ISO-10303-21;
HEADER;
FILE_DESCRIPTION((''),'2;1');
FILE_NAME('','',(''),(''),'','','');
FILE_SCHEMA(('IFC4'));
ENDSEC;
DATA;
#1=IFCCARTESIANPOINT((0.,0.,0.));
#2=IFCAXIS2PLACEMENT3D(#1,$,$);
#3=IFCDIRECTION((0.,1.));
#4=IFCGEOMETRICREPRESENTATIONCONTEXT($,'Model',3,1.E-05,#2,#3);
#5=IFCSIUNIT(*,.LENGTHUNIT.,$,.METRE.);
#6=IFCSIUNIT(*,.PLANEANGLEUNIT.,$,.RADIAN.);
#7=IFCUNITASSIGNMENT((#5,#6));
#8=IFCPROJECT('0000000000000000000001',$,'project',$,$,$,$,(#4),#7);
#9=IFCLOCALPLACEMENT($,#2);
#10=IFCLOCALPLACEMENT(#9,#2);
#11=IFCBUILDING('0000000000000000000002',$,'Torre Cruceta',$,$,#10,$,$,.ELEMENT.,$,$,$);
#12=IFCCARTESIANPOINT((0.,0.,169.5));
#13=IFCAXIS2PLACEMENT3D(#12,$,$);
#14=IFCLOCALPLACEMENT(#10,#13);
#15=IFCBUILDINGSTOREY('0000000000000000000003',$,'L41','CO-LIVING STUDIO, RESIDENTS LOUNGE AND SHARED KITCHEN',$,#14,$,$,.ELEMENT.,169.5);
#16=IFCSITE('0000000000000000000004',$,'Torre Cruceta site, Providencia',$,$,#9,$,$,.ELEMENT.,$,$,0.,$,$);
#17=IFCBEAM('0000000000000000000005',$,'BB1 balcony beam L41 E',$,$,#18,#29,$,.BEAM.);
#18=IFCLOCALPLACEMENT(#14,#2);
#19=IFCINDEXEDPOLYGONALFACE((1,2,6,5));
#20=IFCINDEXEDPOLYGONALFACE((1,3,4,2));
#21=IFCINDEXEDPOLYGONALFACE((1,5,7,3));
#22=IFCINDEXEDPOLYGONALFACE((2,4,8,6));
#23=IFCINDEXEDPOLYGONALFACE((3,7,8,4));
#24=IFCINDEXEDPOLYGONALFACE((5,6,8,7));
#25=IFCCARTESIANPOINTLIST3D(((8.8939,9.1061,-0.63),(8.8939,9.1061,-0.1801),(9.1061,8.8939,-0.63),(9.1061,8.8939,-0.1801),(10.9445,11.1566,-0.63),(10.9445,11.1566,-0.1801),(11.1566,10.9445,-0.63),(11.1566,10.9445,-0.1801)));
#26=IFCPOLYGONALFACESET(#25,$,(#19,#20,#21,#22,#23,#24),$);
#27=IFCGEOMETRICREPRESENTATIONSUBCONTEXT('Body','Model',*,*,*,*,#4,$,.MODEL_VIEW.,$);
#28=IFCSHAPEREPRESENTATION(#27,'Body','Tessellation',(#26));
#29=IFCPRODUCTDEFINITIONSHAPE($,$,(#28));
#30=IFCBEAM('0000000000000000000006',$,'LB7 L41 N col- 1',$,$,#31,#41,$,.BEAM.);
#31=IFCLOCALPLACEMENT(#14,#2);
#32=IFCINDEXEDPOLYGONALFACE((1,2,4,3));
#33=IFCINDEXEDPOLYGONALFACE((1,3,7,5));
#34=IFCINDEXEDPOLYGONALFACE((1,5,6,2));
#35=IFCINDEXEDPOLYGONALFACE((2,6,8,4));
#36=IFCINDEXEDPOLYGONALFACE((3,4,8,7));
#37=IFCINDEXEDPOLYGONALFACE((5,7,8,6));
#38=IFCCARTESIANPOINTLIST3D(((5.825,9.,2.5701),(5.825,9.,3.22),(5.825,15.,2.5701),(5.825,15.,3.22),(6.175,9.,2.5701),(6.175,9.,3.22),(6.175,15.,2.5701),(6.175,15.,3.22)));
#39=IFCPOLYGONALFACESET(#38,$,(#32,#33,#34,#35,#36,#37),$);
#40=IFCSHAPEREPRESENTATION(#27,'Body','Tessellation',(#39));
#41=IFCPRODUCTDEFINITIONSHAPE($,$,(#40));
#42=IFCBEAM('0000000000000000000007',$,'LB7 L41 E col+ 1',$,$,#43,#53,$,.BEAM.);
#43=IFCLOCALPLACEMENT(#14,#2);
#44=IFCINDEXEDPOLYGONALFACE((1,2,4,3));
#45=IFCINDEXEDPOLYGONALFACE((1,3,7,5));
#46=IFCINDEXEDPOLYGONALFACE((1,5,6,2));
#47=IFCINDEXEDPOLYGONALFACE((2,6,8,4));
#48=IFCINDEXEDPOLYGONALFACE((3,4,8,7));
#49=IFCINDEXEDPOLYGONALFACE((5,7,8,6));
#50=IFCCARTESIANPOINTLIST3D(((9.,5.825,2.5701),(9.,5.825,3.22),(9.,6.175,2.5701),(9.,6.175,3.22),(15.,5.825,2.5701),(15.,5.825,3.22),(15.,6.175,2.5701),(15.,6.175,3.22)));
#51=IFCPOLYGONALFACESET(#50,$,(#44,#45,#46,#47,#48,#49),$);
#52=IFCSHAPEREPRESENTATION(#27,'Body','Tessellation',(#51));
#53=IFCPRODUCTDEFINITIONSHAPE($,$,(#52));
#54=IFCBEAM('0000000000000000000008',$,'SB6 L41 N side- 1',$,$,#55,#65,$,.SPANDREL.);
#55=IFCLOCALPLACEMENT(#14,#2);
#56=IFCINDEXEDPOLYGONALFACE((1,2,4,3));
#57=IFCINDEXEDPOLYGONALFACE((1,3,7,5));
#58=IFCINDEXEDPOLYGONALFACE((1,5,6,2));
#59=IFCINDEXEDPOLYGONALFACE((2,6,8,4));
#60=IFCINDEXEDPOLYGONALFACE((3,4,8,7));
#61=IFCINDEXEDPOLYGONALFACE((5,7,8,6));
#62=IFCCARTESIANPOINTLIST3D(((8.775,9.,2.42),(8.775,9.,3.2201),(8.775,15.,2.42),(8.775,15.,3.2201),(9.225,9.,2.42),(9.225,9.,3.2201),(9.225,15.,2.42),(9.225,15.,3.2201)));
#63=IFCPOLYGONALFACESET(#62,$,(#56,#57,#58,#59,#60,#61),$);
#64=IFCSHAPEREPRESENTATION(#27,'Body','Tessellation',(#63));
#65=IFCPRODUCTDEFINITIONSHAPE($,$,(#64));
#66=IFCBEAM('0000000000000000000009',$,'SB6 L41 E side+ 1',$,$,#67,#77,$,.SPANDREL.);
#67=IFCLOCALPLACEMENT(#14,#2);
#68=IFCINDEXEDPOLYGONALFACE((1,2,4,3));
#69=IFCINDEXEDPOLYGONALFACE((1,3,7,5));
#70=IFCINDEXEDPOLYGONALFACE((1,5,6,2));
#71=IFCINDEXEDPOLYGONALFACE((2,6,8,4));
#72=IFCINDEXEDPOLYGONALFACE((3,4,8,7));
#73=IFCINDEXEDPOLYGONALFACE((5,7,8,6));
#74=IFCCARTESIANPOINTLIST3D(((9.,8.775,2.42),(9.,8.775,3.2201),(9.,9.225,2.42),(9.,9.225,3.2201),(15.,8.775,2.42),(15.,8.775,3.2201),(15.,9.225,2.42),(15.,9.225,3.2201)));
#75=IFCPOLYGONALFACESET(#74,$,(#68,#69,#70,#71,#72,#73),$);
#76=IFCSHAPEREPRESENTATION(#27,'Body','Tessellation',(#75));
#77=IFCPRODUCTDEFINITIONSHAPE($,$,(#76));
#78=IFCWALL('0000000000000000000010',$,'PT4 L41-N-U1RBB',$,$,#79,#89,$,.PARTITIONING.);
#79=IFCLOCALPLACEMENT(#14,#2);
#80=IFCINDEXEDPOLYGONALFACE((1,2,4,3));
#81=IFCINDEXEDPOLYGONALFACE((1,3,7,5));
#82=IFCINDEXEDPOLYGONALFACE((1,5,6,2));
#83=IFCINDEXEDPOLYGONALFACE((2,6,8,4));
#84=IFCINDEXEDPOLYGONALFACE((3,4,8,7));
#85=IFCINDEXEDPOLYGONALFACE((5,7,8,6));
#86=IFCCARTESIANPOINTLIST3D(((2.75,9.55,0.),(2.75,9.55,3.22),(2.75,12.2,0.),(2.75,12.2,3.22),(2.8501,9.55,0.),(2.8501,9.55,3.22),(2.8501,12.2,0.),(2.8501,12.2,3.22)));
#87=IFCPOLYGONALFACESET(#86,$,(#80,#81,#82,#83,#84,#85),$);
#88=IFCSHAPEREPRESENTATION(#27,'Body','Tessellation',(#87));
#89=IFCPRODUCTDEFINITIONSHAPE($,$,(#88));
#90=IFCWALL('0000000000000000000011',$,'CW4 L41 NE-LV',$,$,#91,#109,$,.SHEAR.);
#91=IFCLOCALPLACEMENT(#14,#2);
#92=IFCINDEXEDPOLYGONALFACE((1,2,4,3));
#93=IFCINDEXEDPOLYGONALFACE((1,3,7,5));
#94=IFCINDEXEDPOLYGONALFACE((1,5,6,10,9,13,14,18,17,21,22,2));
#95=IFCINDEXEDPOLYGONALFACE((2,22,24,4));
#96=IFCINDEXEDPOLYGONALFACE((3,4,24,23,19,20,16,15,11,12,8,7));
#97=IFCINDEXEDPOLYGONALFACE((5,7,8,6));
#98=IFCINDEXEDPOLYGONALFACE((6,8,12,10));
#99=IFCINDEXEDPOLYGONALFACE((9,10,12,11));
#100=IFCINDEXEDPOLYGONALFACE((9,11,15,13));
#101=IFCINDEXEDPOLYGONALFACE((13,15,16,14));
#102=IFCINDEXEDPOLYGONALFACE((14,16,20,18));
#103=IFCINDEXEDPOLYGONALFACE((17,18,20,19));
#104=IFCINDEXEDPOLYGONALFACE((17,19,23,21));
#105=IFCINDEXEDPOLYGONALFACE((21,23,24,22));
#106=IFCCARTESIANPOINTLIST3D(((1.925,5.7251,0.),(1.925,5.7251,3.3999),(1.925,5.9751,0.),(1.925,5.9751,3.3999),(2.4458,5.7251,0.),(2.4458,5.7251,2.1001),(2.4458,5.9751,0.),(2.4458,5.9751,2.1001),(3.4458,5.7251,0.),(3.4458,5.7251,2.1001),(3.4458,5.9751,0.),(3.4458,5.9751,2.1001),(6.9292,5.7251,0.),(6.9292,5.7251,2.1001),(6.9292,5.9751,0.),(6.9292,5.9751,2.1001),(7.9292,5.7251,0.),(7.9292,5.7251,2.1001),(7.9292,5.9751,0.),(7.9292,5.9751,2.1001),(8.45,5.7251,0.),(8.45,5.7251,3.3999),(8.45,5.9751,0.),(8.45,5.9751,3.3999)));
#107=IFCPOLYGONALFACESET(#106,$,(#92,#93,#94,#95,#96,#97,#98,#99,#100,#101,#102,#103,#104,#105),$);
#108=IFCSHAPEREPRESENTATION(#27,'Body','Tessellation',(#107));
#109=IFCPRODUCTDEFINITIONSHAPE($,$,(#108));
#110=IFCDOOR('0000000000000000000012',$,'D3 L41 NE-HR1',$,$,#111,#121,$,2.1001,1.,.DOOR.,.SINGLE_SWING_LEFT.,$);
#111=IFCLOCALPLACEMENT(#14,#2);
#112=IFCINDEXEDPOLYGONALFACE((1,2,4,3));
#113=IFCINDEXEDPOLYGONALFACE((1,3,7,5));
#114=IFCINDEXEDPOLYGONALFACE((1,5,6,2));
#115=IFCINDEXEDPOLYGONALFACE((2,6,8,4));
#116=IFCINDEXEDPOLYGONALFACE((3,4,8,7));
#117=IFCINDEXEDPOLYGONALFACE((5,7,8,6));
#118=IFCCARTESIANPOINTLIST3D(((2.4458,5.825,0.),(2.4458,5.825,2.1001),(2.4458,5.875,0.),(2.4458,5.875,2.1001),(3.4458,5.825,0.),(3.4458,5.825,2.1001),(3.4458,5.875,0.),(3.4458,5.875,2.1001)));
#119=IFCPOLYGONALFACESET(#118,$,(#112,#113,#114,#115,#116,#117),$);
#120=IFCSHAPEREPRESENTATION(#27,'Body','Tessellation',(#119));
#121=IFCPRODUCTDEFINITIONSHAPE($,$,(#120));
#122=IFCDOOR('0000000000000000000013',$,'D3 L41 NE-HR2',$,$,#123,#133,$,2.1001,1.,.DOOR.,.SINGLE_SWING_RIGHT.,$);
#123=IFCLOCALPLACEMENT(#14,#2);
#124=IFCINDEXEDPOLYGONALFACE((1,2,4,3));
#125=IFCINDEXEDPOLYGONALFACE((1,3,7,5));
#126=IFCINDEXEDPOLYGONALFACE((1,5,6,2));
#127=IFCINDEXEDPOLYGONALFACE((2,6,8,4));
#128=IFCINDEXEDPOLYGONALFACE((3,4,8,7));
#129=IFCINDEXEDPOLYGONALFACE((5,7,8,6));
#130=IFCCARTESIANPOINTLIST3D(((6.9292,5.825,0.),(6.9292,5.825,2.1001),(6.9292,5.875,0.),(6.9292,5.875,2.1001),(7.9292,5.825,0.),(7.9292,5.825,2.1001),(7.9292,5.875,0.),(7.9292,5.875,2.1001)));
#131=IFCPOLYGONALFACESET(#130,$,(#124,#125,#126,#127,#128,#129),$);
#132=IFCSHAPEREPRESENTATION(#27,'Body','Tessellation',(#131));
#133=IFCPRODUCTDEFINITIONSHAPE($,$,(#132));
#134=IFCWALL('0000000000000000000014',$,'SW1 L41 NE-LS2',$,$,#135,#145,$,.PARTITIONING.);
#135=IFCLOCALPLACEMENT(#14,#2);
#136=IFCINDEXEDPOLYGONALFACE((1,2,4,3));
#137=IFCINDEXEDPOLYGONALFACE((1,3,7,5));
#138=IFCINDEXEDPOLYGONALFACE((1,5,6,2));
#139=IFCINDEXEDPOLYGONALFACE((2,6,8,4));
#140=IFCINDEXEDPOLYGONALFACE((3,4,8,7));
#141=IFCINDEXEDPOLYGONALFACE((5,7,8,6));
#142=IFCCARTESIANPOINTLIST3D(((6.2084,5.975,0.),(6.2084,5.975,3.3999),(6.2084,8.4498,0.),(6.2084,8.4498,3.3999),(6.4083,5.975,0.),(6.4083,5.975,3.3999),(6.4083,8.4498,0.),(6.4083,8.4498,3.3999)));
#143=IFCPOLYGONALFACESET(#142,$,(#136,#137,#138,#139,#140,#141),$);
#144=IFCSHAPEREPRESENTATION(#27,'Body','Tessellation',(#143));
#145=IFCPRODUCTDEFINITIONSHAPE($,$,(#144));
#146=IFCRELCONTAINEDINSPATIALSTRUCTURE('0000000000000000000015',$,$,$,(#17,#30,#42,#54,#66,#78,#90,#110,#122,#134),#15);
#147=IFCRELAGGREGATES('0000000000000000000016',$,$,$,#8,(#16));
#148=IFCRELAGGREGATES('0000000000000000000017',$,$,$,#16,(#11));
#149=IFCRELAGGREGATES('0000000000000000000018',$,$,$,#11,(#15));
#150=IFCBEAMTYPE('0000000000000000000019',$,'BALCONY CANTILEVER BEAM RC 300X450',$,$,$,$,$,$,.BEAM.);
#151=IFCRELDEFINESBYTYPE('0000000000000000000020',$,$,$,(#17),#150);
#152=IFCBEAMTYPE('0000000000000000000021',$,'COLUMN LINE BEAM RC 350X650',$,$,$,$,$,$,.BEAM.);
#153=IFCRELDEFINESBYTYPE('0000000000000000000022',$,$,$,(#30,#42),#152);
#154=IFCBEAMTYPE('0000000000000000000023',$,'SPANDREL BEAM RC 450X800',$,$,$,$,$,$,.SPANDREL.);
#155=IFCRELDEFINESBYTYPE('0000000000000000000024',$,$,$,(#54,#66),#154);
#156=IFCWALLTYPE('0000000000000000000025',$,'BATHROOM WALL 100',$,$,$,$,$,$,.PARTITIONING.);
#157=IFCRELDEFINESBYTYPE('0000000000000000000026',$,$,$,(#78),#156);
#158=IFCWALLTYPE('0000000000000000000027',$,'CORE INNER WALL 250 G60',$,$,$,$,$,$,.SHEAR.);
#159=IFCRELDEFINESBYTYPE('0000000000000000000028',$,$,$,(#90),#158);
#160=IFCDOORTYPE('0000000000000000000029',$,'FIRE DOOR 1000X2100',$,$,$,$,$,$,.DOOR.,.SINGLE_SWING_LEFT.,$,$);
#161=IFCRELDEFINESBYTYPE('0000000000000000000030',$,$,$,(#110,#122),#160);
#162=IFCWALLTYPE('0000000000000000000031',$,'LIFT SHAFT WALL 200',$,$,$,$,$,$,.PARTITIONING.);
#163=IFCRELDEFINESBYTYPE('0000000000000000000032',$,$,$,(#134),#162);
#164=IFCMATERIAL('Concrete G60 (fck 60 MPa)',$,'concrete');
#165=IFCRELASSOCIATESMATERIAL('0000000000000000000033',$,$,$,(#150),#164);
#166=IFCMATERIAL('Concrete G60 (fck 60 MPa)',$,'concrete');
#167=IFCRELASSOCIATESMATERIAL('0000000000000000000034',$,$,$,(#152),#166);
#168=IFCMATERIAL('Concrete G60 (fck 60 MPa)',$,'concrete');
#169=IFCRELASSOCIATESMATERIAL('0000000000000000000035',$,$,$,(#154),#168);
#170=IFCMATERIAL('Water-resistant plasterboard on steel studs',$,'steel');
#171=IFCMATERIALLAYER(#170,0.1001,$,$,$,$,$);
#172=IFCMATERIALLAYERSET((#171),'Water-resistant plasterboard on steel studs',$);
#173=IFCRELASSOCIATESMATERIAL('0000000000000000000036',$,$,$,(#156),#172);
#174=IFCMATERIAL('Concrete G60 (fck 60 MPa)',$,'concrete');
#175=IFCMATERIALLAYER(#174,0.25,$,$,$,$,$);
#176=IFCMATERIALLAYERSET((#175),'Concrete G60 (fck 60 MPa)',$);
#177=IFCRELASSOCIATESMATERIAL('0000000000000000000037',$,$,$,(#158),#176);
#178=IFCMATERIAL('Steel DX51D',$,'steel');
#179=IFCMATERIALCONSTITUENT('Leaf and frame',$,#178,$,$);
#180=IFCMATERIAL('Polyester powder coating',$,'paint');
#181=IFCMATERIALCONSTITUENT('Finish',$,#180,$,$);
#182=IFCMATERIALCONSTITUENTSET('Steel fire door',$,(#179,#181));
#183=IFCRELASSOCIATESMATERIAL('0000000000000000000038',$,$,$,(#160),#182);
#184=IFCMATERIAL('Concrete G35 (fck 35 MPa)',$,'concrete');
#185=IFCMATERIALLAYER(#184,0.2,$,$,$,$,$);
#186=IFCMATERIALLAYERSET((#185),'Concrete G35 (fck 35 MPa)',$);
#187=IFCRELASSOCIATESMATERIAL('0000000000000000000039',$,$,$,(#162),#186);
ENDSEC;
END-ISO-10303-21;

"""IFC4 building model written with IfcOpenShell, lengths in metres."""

from ifc_helpers import new_model, si_unit, direction, frame, frame_2d, origin, origin_2d, place, context, subcontext, project, spatial, rectangle, extrude, material, layer, layer_set, constituent, constituent_set, material_profile, profile_set, type_object, element, fill, save


model = new_model("IFC4")

# Units and contexts
model_context = context("Model", 3, precision=1e-05, world=origin(), true_north=direction((0.0, 1.0)))
body_context = subcontext(model_context, "Body", "Model", "MODEL_VIEW")
ifc_project = project(units=[si_unit("LENGTHUNIT", "METRE"), si_unit("PLANEANGLEUNIT", "RADIAN")], contexts=[model_context])

# Site, building, storey
site_placement = place(None, origin())
site = spatial("IfcSite", under=ifc_project, at=site_placement, Name="Torre Cruceta site, Providencia", CompositionType="ELEMENT", RefElevation=0.0)
building_placement = place(site_placement, origin())
building = spatial("IfcBuilding", under=site, at=building_placement, Name="Torre Cruceta", CompositionType="ELEMENT")
storey_placement = place(building_placement, frame((0.0, 0.0, 169.5)))
storey = spatial("IfcBuildingStorey", under=building, at=storey_placement, Name="L41", Description="CO-LIVING STUDIO, RESIDENTS LOUNGE AND SHARED KITCHEN", CompositionType="ELEMENT", Elevation=169.5)

# Beams
ifc_material_1 = material(Name="Concrete G60 (fck 60 MPa)", Category="concrete")
ifc_material_profile_1 = material_profile(ifc_material_1, rectangle(XDim=0.3, YDim=0.45, at=origin_2d()), Name="RC 300X450")
ifc_profile_set_1 = profile_set([ifc_material_profile_1], Name="Concrete G60 (fck 60 MPa)")
beam_type_1 = type_object("IfcBeamType", Name="BALCONY CANTILEVER BEAM RC 300X450", PredefinedType="BEAM", material=ifc_profile_set_1)
beam_placement = place(storey_placement, frame((9.0, 9.0, -0.405), z_axis=(0.707107, 0.707107, 0.0), x_axis=(-0.707107, 0.707107, 0.0)))
element("IfcBeam", 1, at=beam_placement, inside=storey, type_object=beam_type_1, Name="BB1 balcony beam L41 E", PredefinedType="BEAM", context=body_context, shape_type="SweptSolid", body=[
    extrude(rectangle(XDim=0.3, YDim=0.45, at=origin_2d()), origin(), (0.0, 0.0, 1.0), 2.8999),
])
ifc_material_2 = material(Name="Concrete G60 (fck 60 MPa)", Category="concrete")
ifc_material_profile_2 = material_profile(ifc_material_2, rectangle(XDim=0.3501, YDim=0.6499, at=origin_2d()), Name="RC 350X650")
ifc_profile_set_2 = profile_set([ifc_material_profile_2], Name="Concrete G60 (fck 60 MPa)")
beam_type_2 = type_object("IfcBeamType", Name="COLUMN LINE BEAM RC 350X650", PredefinedType="BEAM", material=ifc_profile_set_2)
for number, where, z_axis, x_axis, name in (
    (2, (6.0, 9.0, 2.895), (0.0, 1.0, 0.0), (-1.0, 0.0, 0.0), "LB7 L41 N col- 1"),
    (3, (9.0, 6.0, 2.895), (1.0, 0.0, 0.0), (0.0, 1.0, 0.0), "LB7 L41 E col+ 1"),
):
    element("IfcBeam", number, at=place(storey_placement, frame(where, z_axis=z_axis, x_axis=x_axis)), inside=storey, type_object=beam_type_2, Name=name, PredefinedType="BEAM", context=body_context, shape_type="SweptSolid", body=[
        extrude(rectangle(XDim=0.3501, YDim=0.6499, at=origin_2d()), origin(), (0.0, 0.0, 1.0), 6.0),
    ])
ifc_material_3 = material(Name="Concrete G60 (fck 60 MPa)", Category="concrete")
ifc_material_profile_3 = material_profile(ifc_material_3, rectangle(XDim=0.45, YDim=0.8, at=origin_2d()), Name="RC 450X800")
ifc_profile_set_3 = profile_set([ifc_material_profile_3], Name="Concrete G60 (fck 60 MPa)")
beam_type_3 = type_object("IfcBeamType", Name="SPANDREL BEAM RC 450X800", PredefinedType="SPANDREL", material=ifc_profile_set_3)
for number, where, z_axis, x_axis, name in (
    (4, (9.0, 9.0, 2.8201), (0.0, 1.0, 0.0), (-1.0, 0.0, 0.0), "SB6 L41 N side- 1"),
    (5, (9.0, 9.0, 2.8201), (1.0, 0.0, 0.0), (0.0, 1.0, 0.0), "SB6 L41 E side+ 1"),
):
    element("IfcBeam", number, at=place(storey_placement, frame(where, z_axis=z_axis, x_axis=x_axis)), inside=storey, type_object=beam_type_3, Name=name, PredefinedType="SPANDREL", context=body_context, shape_type="SweptSolid", body=[
        extrude(rectangle(XDim=0.45, YDim=0.8, at=origin_2d()), origin(), (0.0, 0.0, 1.0), 6.0),
    ])

# Wall
ifc_material_4 = material(Name="Water-resistant plasterboard on steel studs", Category="steel")
ifc_layer_1 = layer(ifc_material_4, 0.1001)
ifc_layer_set_1 = layer_set([ifc_layer_1], Name="Water-resistant plasterboard on steel studs")
wall_type_1 = type_object("IfcWallType", Name="BATHROOM WALL 100", PredefinedType="PARTITIONING", material=ifc_layer_set_1)
wall_1_placement = place(storey_placement, frame((2.8, 9.55, 0.0), z_axis=(0.0, 0.0, 1.0), x_axis=(0.0, 1.0, 0.0)))
element("IfcWall", 6, at=wall_1_placement, inside=storey, type_object=wall_type_1, Name="PT4 L41-N-U1RBB", PredefinedType="PARTITIONING", context=body_context, shape_type="SweptSolid", body=[
    extrude(rectangle(XDim=2.6499, YDim=0.1001, at=frame_2d((1.325, 0.0))), origin(), (0.0, 0.0, 1.0), 3.22),
])

# Wall, openings, doors
ifc_material_5 = material(Name="Concrete G60 (fck 60 MPa)", Category="concrete")
ifc_layer_2 = layer(ifc_material_5, 0.25)
ifc_layer_set_2 = layer_set([ifc_layer_2], Name="Concrete G60 (fck 60 MPa)")
wall_type_2 = type_object("IfcWallType", Name="CORE INNER WALL 250 G60", PredefinedType="SHEAR", material=ifc_layer_set_2)
wall_2_placement = place(storey_placement, frame((1.925, 5.8501, 0.0), z_axis=(0.0, 0.0, 1.0), x_axis=(1.0, 0.0, 0.0)))
wall_2 = element("IfcWall", 7, at=wall_2_placement, inside=storey, type_object=wall_type_2, Name="CW4 L41 NE-LV", PredefinedType="SHEAR", context=body_context, shape_type="SweptSolid", body=[
    extrude(rectangle(XDim=6.5249, YDim=0.25, at=frame_2d((3.2625, 0.0))), origin(), (0.0, 0.0, 1.0), 3.3999),
])
opening_1_placement = place(wall_2_placement, frame((0.5208, 0.0, 0.0)))
opening_1 = element("IfcOpeningElement", 8, at=opening_1_placement, cuts=wall_2, PredefinedType="OPENING", context=body_context, shape_type="SweptSolid", body=[
    extrude(rectangle(XDim=1.0, YDim=2.1001, at=frame_2d((0.5, 1.05))), frame((0.0, 0.135, 0.0), z_axis=(0.0, -1.0, 0.0), x_axis=(1.0, 0.0, 0.0)), (0.0, 0.0, 1.0), 0.27),
])
opening_2_placement = place(wall_2_placement, frame((5.0042, 0.0, 0.0)))
opening_2 = element("IfcOpeningElement", 9, at=opening_2_placement, cuts=wall_2, PredefinedType="OPENING", context=body_context, shape_type="SweptSolid", body=[
    extrude(rectangle(XDim=1.0, YDim=2.1001, at=frame_2d((0.5, 1.05))), frame((0.0, 0.135, 0.0), z_axis=(0.0, -1.0, 0.0), x_axis=(1.0, 0.0, 0.0)), (0.0, 0.0, 1.0), 0.27),
])
ifc_material_6 = material(Name="Steel DX51D", Category="steel")
ifc_constituent_1 = constituent(ifc_material_6, Name="Leaf and frame")
ifc_material_7 = material(Name="Polyester powder coating", Category="paint")
ifc_constituent_2 = constituent(ifc_material_7, Name="Finish")
ifc_constituent_set_1 = constituent_set(constituents=[ifc_constituent_1, ifc_constituent_2], Name="Steel fire door")
door_type_1 = type_object("IfcDoorType", Name="FIRE DOOR 1000X2100", OperationType="SINGLE_SWING_LEFT", PredefinedType="DOOR", material=ifc_constituent_set_1)
door_1_placement = place(opening_1_placement, origin())
door_1 = element("IfcDoor", 10, at=door_1_placement, inside=storey, type_object=door_type_1, Name="D3 L41 NE-HR1", OperationType="SINGLE_SWING_LEFT", OverallHeight=2.1001, OverallWidth=1.0, PredefinedType="DOOR", context=body_context, shape_type="SweptSolid", body=[
    extrude(rectangle(XDim=1.0, YDim=2.1001, at=frame_2d((0.5, 1.05))), frame((0.0, 0.0249, 0.0), z_axis=(0.0, -1.0, 0.0), x_axis=(1.0, 0.0, 0.0)), (0.0, 0.0, 1.0), 0.05),
])
fill(opening_1, door_1)
door_2_placement = place(opening_2_placement, origin())
door_2 = element("IfcDoor", 11, at=door_2_placement, inside=storey, type_object=door_type_1, Name="D3 L41 NE-HR2", OperationType="SINGLE_SWING_RIGHT", OverallHeight=2.1001, OverallWidth=1.0, PredefinedType="DOOR", context=body_context, shape_type="SweptSolid", body=[
    extrude(rectangle(XDim=1.0, YDim=2.1001, at=frame_2d((0.5, 1.05))), frame((0.0, 0.0249, 0.0), z_axis=(0.0, -1.0, 0.0), x_axis=(1.0, 0.0, 0.0)), (0.0, 0.0, 1.0), 0.05),
])
fill(opening_2, door_2)

# Wall
ifc_material_8 = material(Name="Concrete G35 (fck 35 MPa)", Category="concrete")
ifc_layer_3 = layer(ifc_material_8, 0.2)
ifc_layer_set_3 = layer_set([ifc_layer_3], Name="Concrete G35 (fck 35 MPa)")
wall_type_3 = type_object("IfcWallType", Name="LIFT SHAFT WALL 200", PredefinedType="PARTITIONING", material=ifc_layer_set_3)
wall_3_placement = place(storey_placement, frame((6.3083, 5.9751, 0.0), z_axis=(0.0, 0.0, 1.0), x_axis=(0.0, 1.0, 0.0)))
element("IfcWall", 12, at=wall_3_placement, inside=storey, type_object=wall_type_3, Name="SW1 L41 NE-LS2", PredefinedType="PARTITIONING", context=body_context, shape_type="SweptSolid", body=[
    extrude(rectangle(XDim=2.4749, YDim=0.2, at=frame_2d((1.2373, 0.0))), origin(), (0.0, 0.0, 1.0), 3.3999),
])

save(model, "model.ifc")
